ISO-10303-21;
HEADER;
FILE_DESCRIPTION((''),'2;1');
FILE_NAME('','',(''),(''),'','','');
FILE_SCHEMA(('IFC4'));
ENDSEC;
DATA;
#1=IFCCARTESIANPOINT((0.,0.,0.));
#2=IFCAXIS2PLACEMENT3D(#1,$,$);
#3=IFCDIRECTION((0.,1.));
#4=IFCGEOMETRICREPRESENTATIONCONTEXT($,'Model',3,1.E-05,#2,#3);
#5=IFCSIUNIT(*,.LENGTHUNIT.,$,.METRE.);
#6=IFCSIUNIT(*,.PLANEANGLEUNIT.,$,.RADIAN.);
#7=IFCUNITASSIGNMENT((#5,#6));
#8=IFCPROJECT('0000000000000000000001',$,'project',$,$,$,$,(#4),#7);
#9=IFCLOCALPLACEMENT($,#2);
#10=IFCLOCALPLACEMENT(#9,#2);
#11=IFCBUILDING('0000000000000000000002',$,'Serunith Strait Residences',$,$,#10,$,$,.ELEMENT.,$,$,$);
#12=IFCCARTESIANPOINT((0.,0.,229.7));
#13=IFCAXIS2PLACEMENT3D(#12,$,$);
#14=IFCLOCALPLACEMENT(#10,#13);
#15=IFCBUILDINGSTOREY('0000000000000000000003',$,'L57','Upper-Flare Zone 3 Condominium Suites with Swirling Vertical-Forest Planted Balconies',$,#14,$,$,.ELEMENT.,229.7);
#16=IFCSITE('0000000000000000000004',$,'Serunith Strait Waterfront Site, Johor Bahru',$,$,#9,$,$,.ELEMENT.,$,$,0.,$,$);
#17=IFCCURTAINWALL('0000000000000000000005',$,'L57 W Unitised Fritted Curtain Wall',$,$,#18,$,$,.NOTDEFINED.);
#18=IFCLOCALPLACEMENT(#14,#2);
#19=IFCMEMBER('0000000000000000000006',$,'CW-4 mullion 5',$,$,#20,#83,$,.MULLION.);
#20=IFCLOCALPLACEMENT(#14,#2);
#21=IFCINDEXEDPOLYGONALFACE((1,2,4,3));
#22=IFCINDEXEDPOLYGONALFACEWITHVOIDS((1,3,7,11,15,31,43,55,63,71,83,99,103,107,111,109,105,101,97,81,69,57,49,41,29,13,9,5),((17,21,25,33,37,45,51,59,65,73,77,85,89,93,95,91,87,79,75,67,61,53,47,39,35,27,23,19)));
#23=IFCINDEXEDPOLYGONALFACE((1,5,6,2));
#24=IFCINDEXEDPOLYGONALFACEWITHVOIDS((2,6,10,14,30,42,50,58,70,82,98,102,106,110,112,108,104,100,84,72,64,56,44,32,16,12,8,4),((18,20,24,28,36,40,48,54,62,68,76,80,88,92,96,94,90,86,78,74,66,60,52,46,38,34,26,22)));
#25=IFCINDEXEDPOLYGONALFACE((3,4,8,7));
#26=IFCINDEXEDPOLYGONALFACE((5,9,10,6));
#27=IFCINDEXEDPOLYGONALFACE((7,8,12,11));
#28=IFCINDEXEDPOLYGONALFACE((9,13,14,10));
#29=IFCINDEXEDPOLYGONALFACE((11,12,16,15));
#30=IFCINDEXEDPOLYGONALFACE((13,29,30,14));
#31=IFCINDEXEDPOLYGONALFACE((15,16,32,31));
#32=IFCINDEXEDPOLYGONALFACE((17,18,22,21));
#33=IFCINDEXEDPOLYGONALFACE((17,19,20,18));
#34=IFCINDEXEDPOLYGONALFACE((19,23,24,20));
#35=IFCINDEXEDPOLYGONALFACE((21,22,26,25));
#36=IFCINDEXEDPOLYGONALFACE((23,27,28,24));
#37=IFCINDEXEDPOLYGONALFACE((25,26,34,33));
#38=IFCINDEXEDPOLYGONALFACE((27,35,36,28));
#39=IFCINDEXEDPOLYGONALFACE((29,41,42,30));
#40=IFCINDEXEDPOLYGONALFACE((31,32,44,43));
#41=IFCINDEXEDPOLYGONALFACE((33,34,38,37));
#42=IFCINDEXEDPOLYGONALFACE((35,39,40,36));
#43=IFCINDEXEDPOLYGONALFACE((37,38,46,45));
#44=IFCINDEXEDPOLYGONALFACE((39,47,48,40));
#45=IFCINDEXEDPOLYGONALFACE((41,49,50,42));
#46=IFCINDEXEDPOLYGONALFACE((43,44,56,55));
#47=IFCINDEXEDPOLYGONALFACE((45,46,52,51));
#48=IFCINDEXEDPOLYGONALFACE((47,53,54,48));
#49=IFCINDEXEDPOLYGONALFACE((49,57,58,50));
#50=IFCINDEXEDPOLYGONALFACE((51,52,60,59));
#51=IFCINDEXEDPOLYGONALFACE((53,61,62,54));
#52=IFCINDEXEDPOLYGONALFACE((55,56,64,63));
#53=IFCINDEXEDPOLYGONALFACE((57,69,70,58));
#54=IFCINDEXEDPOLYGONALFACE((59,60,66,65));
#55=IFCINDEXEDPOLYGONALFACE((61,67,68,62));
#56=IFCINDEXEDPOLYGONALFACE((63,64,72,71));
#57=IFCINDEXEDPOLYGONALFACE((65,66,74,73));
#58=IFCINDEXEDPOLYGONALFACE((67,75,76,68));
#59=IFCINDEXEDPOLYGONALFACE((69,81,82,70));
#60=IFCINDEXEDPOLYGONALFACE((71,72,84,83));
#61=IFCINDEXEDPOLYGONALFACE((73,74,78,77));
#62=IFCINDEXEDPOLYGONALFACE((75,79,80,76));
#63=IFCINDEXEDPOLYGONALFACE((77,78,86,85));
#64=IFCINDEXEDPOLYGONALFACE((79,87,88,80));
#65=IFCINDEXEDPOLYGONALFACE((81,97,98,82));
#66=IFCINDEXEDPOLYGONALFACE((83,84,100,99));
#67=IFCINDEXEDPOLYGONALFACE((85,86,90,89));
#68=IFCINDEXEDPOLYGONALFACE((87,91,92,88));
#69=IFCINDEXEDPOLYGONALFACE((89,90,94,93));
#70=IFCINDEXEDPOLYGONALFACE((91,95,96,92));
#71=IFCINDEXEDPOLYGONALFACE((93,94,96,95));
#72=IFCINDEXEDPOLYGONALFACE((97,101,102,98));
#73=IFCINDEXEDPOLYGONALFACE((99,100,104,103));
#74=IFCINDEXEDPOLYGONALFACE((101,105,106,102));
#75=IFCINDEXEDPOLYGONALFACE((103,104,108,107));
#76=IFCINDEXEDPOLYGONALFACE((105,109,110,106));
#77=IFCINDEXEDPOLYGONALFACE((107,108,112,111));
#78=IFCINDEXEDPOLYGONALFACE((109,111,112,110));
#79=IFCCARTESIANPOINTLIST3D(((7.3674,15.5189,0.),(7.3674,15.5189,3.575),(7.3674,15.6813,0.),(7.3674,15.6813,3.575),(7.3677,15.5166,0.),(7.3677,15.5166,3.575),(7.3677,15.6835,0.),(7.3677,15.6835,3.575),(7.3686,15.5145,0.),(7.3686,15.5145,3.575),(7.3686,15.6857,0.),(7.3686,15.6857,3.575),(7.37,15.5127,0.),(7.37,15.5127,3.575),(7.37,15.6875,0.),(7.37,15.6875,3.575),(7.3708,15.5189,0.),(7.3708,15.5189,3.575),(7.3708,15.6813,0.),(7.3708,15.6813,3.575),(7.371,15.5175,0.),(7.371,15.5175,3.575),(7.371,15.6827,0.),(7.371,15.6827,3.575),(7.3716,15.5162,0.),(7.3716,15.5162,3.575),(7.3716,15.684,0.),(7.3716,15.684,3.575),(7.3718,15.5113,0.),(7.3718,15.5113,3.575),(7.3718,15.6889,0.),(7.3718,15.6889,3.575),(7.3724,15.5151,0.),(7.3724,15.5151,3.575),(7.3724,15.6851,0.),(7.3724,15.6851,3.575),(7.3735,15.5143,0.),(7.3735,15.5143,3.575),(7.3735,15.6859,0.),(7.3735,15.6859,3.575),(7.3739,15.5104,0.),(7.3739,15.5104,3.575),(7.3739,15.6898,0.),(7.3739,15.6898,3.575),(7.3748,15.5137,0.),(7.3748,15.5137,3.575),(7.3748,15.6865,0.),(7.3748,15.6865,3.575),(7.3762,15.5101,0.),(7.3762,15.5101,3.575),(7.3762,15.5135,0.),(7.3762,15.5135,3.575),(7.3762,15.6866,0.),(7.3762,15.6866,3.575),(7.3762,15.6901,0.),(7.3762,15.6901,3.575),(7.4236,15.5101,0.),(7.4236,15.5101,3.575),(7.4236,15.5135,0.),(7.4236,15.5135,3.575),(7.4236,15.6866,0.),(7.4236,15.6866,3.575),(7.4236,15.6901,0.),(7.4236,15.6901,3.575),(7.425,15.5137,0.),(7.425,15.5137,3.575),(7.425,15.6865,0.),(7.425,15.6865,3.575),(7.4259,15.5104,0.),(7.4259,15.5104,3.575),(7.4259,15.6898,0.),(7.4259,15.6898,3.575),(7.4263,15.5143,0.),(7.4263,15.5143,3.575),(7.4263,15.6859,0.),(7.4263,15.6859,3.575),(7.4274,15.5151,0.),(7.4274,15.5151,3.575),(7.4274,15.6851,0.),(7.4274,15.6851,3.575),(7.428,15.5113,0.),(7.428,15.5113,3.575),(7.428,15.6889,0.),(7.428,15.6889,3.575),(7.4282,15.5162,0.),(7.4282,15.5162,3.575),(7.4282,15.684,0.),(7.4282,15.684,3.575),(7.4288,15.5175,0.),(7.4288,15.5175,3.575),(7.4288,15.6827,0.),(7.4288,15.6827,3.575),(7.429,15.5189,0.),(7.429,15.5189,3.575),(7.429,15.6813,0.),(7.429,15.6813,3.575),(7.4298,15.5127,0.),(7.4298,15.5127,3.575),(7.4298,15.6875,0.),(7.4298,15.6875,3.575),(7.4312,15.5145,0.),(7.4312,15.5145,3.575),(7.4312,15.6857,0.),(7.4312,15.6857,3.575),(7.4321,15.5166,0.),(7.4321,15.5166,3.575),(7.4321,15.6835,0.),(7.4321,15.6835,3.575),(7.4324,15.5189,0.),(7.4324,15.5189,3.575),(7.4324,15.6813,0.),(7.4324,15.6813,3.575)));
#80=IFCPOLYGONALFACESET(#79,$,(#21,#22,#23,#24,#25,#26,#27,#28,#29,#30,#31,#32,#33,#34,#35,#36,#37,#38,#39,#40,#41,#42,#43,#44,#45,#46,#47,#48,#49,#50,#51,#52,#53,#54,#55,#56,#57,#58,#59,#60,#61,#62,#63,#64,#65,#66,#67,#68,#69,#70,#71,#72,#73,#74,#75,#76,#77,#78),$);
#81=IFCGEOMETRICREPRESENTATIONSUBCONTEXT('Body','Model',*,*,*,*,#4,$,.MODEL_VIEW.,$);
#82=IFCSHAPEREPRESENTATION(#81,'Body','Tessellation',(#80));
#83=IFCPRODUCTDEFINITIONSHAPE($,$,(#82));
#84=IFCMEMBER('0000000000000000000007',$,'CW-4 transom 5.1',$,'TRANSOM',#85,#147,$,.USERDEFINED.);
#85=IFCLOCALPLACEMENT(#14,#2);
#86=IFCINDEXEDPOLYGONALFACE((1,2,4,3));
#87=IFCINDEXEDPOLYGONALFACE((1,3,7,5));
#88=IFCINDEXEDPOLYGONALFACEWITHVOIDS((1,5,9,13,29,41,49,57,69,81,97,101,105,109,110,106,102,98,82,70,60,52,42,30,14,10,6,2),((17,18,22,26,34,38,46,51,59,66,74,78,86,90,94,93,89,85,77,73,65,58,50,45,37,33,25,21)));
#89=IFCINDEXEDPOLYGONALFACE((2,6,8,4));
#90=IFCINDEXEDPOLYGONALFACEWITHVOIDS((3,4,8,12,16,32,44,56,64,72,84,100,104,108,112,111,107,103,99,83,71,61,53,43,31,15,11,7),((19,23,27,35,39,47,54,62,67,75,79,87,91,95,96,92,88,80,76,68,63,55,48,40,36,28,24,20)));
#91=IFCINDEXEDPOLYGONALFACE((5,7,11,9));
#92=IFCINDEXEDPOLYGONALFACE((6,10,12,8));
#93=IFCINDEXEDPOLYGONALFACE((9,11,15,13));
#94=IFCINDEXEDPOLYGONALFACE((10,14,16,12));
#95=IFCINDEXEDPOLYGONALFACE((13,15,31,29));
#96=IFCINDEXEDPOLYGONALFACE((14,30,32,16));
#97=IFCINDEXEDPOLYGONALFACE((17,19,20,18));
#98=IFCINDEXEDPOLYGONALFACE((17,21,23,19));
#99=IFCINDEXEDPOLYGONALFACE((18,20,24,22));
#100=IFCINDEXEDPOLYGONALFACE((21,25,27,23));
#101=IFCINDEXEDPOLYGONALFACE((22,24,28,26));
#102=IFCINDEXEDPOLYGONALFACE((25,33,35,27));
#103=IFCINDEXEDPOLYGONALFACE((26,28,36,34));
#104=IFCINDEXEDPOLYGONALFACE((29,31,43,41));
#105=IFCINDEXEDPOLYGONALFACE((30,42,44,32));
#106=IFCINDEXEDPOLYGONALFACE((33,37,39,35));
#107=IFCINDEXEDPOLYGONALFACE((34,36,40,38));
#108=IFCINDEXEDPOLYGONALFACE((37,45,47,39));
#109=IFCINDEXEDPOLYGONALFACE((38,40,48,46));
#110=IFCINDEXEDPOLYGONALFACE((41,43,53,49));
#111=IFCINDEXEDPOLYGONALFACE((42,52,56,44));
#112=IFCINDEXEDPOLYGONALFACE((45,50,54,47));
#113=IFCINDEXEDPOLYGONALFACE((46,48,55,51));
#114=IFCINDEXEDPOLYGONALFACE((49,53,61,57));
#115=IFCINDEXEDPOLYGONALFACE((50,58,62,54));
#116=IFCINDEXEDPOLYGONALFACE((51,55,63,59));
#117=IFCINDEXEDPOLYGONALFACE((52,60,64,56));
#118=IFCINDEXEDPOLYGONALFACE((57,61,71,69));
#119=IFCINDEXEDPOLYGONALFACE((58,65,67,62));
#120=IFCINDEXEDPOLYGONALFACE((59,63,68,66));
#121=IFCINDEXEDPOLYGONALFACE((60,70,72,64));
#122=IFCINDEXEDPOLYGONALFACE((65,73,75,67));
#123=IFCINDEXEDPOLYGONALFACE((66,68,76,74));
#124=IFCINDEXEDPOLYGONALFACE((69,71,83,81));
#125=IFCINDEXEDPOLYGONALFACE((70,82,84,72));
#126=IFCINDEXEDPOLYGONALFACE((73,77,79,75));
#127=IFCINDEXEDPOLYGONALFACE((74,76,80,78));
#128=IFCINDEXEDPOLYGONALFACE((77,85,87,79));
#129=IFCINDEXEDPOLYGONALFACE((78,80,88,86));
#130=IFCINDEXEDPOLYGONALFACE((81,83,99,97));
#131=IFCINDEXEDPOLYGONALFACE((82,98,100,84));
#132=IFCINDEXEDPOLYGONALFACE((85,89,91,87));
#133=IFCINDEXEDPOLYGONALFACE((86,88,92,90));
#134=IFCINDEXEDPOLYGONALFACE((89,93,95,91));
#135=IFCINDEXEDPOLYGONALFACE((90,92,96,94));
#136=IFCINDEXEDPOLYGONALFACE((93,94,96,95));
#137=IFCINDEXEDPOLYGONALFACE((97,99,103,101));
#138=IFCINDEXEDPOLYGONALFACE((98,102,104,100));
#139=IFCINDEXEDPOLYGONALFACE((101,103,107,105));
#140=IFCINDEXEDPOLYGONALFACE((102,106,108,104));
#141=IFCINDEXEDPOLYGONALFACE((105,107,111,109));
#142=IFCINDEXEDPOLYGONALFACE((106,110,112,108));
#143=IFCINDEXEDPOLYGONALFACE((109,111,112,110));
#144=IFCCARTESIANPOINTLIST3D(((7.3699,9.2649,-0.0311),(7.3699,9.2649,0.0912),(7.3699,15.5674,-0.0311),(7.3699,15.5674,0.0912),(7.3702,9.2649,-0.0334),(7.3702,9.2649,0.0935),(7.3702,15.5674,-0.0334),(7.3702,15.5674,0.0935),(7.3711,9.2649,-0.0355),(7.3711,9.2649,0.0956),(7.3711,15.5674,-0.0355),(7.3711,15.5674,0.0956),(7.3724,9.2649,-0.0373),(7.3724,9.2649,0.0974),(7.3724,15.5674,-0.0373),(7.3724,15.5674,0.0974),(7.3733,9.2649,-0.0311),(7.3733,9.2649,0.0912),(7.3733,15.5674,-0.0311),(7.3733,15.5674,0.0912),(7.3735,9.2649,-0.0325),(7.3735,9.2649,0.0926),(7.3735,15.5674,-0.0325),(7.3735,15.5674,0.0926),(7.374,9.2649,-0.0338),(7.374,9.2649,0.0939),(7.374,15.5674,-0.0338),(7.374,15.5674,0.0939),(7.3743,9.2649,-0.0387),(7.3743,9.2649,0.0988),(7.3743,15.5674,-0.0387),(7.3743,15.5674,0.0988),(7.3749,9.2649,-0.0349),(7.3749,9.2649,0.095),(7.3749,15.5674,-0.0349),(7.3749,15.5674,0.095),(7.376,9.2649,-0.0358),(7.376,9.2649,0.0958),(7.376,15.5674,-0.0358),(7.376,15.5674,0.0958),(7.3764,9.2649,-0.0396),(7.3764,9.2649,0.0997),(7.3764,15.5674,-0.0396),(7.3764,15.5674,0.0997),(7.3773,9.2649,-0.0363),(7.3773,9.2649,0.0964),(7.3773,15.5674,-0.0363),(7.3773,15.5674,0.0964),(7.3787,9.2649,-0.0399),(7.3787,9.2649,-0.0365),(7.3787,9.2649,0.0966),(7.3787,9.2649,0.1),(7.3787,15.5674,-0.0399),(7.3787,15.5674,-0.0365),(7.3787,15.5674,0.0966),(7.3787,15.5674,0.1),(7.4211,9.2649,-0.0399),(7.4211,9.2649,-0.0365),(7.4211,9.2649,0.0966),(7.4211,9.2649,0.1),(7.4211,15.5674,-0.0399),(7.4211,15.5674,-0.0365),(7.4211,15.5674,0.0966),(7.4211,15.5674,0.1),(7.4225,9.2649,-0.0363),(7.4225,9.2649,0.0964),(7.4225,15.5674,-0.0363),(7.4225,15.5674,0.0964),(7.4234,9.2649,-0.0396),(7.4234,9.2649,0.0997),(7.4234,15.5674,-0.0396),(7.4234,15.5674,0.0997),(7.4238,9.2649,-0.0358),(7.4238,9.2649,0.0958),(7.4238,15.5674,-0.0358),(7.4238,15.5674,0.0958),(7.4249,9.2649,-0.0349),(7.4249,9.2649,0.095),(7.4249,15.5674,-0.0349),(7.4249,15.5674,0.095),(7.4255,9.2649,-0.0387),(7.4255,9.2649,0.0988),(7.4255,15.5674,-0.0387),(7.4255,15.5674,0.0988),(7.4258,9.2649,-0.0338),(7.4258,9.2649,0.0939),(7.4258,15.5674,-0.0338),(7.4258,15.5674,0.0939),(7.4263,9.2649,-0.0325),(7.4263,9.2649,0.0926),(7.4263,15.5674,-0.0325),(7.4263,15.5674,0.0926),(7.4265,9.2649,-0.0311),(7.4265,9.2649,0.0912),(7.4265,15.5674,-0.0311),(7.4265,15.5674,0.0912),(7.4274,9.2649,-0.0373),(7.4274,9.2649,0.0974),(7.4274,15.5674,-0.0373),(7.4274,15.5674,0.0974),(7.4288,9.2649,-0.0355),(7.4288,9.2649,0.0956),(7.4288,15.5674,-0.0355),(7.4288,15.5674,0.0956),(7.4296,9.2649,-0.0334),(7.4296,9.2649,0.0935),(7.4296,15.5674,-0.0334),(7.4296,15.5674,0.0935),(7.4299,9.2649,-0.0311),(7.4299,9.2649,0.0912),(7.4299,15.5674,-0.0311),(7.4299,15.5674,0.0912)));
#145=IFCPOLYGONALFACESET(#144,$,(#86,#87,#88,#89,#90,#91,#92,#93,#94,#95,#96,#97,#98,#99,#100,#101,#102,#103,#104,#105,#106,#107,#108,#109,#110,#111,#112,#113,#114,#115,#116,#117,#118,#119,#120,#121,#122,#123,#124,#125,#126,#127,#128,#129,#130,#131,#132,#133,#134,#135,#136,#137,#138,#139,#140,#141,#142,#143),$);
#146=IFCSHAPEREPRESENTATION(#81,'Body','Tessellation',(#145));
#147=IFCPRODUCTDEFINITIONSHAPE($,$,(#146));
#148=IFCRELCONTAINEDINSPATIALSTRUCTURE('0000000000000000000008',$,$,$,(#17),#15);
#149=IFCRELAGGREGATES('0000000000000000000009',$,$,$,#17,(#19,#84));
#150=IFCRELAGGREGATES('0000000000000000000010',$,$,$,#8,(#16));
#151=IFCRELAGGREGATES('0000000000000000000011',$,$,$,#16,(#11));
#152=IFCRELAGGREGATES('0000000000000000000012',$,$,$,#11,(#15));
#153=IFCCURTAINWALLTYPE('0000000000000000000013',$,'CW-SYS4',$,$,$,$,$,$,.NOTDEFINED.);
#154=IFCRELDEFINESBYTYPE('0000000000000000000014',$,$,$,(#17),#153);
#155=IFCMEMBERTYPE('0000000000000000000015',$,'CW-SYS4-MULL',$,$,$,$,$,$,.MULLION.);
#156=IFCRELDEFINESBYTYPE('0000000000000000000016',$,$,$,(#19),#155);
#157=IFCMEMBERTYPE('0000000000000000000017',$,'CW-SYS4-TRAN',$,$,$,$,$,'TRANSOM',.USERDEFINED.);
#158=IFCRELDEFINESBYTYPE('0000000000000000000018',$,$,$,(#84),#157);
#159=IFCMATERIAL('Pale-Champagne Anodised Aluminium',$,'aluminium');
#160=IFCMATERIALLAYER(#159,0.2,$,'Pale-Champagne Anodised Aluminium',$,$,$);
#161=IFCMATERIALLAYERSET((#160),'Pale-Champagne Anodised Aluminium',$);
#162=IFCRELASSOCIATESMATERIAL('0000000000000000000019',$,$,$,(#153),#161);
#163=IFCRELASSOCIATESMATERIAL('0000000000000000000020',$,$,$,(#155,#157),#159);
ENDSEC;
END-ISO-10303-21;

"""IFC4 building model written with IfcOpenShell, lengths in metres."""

from ifc_helpers import new_model, si_unit, direction, frame, origin, origin_2d, place, context, subcontext, project, spatial, hollow_rectangle, extrude, source, transform, mapped, material, layer, layer_set, material_profile, profile_set, type_object, element, aggregate, save


model = new_model("IFC4")

# Units and contexts
model_context = context("Model", 3, precision=1e-05, world=origin(), true_north=direction((0.0, 1.0)))
body_context = subcontext(model_context, "Body", "Model", "MODEL_VIEW")
ifc_project = project(units=[si_unit("LENGTHUNIT", "METRE"), si_unit("PLANEANGLEUNIT", "RADIAN")], contexts=[model_context])

# Site, building, storey
site_placement = place(None, origin())
site = spatial("IfcSite", under=ifc_project, at=site_placement, Name="Serunith Strait Waterfront Site, Johor Bahru", CompositionType="ELEMENT", RefElevation=0.0)
building_placement = place(site_placement, origin())
building = spatial("IfcBuilding", under=site, at=building_placement, Name="Serunith Strait Residences", CompositionType="ELEMENT")
storey_placement = place(building_placement, frame((0.0, 0.0, 229.7)))
storey = spatial("IfcBuildingStorey", under=building, at=storey_placement, Name="L57", Description="Upper-Flare Zone 3 Condominium Suites with Swirling Vertical-Forest Planted Balconies", CompositionType="ELEMENT", Elevation=229.7)

# Curtain wall, members
ifc_material_1 = material(Name="Pale-Champagne Anodised Aluminium", Category="aluminium")
ifc_layer_1 = layer(ifc_material_1, 0.2, Name="Pale-Champagne Anodised Aluminium")
ifc_layer_set_1 = layer_set([ifc_layer_1], Name="Pale-Champagne Anodised Aluminium")
curtain_wall_type = type_object("IfcCurtainWallType", Name="CW-SYS4", PredefinedType="NOTDEFINED", material=ifc_layer_set_1)
curtain_wall_placement = place(storey_placement, origin())
curtain_wall = element("IfcCurtainWall", 1, at=curtain_wall_placement, inside=storey, type_object=curtain_wall_type, Name="L57 W Unitised Fritted Curtain Wall", PredefinedType="NOTDEFINED")
ifc_material_profile_1 = material_profile(ifc_material_1, hollow_rectangle(XDim=0.0649, YDim=0.1799, WallThickness=0.0034, InnerFilletRadius=0.0054, OuterFilletRadius=0.0088, at=origin_2d()), Name="ALU 180x65x3.5")
ifc_profile_set_1 = profile_set([ifc_material_profile_1], Name="Pale-Champagne Anodised Aluminium")
member_type_1 = type_object("IfcMemberType", Name="CW-SYS4-MULL", PredefinedType="MULLION", material=ifc_profile_set_1)
shared_shape_1 = source(origin(), body_context, "Body", "SweptSolid", [
    extrude(hollow_rectangle(XDim=0.0649, YDim=0.1799, WallThickness=0.0034, InnerFilletRadius=0.0054, OuterFilletRadius=0.0088, at=origin_2d()), origin(), (0.0, 0.0, 1.0), 3.575),
])
member_1_placement = place(storey_placement, frame((7.3999, 15.6001, 0.0), z_axis=(0.0, 0.0, 1.0), x_axis=(1.0, 0.0, 0.0)))
member_1 = element("IfcMember", 2, at=member_1_placement, type_object=member_type_1, Name="CW-4 mullion 5", PredefinedType="MULLION", context=body_context, shape_type="MappedRepresentation", body=[
    mapped(shared_shape_1, transform((0.0, 0.0, 0.0), scale=1.0)),
])
ifc_material_profile_2 = material_profile(ifc_material_1, hollow_rectangle(XDim=0.0601, YDim=0.1399, WallThickness=0.0034, InnerFilletRadius=0.0054, OuterFilletRadius=0.0088, at=origin_2d()), Name="ALU 140x60x3.5")
ifc_profile_set_2 = profile_set([ifc_material_profile_2], Name="Pale-Champagne Anodised Aluminium")
member_type_2 = type_object("IfcMemberType", Name="CW-SYS4-TRAN", ElementType="TRANSOM", PredefinedType="USERDEFINED", material=ifc_profile_set_2)
shared_shape_2 = source(origin(), body_context, "Body", "SweptSolid", [
    extrude(hollow_rectangle(XDim=0.0601, YDim=0.1399, WallThickness=0.0034, InnerFilletRadius=0.0054, OuterFilletRadius=0.0088, at=origin_2d()), origin(), (0.0, 0.0, 1.0), 6.3025),
])
member_2_placement = place(storey_placement, frame((7.3999, 15.5674, 0.03), z_axis=(0.0, -1.0, 0.0), x_axis=(1.0, 0.0, 0.0)))
member_2 = element("IfcMember", 3, at=member_2_placement, type_object=member_type_2, Name="CW-4 transom 5.1", ObjectType="TRANSOM", PredefinedType="USERDEFINED", context=body_context, shape_type="MappedRepresentation", body=[
    mapped(shared_shape_2, transform((0.0, 0.0, 0.0), scale=1.0)),
])
aggregate(curtain_wall, [member_1, member_2])

save(model, "model.ifc")
